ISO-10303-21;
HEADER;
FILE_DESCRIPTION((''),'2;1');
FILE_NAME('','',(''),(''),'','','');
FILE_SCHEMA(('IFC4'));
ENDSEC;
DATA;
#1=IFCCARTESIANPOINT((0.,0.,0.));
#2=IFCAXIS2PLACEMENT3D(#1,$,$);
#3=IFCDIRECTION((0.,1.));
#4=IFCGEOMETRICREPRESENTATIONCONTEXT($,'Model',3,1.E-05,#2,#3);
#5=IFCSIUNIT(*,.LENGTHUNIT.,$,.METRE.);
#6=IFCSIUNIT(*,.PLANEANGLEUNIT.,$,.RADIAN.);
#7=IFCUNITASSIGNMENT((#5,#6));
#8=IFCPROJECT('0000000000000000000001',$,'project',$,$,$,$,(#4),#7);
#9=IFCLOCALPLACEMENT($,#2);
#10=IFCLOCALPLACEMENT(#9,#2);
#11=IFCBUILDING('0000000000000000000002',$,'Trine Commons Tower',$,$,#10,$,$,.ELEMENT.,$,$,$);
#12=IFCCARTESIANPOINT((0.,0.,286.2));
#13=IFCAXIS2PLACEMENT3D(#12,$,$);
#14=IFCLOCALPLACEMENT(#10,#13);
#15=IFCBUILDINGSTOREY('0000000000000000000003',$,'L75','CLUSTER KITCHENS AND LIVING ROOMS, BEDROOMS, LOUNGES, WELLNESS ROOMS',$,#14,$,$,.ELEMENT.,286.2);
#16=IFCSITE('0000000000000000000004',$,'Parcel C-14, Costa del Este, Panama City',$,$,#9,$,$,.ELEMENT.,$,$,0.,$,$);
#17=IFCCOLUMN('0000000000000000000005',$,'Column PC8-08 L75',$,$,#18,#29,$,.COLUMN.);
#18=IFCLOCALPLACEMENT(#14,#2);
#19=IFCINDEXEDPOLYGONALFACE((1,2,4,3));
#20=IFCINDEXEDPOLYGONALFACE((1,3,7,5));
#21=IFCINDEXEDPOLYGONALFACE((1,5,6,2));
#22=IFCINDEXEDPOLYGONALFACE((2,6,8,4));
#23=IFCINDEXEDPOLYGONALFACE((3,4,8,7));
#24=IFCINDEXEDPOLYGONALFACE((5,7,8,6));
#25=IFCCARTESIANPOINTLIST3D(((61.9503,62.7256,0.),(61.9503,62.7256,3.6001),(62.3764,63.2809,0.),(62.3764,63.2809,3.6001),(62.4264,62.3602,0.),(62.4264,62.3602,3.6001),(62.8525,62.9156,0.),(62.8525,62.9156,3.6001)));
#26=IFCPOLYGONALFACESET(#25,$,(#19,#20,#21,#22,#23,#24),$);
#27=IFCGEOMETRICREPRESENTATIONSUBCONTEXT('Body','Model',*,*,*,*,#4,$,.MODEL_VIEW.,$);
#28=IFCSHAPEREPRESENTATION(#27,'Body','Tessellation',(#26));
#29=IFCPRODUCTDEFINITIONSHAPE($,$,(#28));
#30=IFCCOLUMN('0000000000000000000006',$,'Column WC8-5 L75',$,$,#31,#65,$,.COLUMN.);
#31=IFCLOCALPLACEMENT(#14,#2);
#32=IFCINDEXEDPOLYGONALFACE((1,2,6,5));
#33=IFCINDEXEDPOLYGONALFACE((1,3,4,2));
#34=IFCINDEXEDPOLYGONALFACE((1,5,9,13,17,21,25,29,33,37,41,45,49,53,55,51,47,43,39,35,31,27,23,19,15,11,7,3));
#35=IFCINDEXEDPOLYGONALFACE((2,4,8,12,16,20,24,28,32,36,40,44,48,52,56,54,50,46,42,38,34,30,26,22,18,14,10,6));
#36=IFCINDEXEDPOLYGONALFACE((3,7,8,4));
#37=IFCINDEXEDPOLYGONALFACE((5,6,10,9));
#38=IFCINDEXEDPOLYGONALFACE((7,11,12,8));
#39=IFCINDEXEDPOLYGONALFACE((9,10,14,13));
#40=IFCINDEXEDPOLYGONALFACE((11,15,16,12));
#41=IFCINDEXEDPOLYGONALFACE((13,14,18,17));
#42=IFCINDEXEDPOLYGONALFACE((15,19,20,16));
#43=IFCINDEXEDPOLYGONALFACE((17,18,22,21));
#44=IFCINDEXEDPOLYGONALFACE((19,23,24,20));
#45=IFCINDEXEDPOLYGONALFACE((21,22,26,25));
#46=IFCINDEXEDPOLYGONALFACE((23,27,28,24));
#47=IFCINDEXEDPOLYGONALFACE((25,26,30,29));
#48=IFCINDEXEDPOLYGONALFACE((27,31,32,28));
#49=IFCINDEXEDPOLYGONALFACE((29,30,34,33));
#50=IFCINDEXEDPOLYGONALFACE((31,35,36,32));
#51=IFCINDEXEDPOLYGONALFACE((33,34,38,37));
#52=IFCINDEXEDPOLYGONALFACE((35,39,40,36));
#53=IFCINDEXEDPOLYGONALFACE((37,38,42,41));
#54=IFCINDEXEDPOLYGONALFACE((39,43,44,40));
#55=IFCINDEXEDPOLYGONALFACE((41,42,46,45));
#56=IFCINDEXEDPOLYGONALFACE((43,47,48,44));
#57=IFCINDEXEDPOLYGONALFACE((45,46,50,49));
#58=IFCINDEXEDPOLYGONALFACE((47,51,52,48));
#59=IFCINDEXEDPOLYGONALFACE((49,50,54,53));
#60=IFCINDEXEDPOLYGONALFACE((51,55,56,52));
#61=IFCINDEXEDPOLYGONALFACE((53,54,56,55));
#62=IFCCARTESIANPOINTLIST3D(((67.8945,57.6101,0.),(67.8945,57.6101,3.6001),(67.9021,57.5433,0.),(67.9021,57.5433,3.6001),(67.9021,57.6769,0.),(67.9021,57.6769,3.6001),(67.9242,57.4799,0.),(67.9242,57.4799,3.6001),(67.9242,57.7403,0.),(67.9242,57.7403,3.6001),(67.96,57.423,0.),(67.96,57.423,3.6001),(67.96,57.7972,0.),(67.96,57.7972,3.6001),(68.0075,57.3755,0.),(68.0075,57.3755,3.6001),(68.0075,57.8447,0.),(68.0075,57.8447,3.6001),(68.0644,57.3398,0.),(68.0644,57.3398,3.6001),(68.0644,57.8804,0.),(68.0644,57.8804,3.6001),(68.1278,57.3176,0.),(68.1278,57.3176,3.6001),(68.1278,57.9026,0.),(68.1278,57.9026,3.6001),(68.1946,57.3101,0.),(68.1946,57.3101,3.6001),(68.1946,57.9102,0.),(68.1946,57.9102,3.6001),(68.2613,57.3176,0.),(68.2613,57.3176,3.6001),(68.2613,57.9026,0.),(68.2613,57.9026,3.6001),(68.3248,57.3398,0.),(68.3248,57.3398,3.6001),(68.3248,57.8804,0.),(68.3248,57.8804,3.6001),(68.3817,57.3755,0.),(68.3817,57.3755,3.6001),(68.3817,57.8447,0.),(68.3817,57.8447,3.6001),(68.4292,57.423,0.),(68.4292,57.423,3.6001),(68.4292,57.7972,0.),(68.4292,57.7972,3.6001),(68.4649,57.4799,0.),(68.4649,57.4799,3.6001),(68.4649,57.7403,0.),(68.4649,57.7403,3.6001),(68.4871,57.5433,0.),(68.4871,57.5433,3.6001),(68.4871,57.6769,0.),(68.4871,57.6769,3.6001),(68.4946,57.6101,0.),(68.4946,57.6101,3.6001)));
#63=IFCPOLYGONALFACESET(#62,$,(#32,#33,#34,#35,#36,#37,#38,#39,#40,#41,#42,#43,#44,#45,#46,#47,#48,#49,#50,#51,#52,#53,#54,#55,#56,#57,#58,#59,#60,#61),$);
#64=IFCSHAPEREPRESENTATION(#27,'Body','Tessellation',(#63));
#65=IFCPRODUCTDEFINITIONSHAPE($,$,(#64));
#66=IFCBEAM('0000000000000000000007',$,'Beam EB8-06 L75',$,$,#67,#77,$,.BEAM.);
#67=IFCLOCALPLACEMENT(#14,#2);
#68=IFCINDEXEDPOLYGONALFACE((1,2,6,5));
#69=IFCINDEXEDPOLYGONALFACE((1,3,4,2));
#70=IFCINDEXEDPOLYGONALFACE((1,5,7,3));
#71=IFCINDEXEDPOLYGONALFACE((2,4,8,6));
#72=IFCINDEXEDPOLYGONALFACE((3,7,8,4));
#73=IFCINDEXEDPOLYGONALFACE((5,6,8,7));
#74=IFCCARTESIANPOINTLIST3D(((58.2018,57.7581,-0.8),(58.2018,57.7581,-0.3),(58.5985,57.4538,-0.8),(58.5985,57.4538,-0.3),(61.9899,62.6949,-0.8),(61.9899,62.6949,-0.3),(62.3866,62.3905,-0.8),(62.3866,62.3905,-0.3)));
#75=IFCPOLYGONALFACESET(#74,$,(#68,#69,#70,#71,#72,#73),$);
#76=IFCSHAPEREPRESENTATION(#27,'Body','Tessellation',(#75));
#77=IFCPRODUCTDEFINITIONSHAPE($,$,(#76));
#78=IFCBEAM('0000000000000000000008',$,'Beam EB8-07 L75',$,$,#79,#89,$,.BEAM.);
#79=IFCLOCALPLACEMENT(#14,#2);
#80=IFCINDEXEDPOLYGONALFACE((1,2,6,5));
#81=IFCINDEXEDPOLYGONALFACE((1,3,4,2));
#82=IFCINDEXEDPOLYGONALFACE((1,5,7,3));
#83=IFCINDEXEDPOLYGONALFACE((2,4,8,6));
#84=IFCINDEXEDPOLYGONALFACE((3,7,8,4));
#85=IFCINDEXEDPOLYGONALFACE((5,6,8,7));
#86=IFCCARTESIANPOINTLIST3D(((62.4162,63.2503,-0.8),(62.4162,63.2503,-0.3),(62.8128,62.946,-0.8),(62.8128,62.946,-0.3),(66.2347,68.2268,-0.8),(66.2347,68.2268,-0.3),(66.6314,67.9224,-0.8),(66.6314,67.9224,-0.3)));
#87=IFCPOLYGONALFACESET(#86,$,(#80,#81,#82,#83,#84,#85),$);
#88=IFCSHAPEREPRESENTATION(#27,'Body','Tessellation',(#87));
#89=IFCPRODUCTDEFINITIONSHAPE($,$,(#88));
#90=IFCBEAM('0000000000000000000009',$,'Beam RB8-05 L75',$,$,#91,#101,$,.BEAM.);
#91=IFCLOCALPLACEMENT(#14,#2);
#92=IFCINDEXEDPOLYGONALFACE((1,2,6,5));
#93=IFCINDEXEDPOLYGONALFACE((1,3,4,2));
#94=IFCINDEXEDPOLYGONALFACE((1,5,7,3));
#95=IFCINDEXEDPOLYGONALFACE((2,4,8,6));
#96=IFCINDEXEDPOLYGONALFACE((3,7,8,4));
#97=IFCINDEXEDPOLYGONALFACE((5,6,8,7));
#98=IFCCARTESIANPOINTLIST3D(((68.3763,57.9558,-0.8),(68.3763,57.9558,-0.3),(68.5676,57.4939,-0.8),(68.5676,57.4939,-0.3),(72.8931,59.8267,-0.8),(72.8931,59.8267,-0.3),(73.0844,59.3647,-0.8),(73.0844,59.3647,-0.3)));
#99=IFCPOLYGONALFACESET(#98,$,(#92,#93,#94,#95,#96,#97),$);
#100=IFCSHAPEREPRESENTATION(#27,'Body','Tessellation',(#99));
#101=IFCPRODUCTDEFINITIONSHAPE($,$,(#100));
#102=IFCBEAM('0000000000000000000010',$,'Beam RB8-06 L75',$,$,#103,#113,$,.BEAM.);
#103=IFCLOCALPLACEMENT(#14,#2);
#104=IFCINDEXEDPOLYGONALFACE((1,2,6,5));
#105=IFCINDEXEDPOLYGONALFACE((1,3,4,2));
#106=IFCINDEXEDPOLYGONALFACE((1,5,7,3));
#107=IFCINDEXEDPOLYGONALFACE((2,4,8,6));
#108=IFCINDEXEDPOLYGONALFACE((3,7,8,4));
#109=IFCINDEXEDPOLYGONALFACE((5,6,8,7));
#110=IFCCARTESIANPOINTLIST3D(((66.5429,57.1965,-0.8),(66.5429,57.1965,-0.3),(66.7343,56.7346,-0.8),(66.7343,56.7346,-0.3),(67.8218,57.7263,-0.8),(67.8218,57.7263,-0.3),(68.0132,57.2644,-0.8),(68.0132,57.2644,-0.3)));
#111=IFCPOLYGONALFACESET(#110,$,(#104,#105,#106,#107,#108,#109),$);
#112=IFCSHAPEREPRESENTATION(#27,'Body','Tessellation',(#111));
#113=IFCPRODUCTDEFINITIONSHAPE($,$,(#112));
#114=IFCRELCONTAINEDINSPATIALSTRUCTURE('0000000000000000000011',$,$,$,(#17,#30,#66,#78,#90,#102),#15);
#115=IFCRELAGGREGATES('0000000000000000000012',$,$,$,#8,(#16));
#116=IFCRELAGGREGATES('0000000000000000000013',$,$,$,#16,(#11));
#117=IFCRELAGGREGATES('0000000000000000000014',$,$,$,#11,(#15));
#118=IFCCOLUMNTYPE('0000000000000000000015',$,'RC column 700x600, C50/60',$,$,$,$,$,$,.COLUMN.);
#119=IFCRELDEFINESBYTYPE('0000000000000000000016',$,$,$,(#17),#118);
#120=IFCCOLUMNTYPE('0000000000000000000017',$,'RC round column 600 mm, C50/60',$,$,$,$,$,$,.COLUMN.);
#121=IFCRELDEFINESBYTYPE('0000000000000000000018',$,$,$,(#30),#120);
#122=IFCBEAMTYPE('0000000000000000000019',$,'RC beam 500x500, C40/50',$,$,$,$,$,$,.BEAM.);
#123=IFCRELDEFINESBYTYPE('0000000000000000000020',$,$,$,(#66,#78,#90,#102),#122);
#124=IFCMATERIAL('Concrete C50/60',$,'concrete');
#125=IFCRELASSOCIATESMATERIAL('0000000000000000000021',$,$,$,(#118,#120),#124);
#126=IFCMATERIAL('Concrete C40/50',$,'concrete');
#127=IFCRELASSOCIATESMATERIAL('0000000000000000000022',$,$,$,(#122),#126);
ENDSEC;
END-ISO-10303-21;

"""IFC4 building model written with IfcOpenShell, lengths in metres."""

from ifc_helpers import new_model, si_unit, direction, frame, origin, origin_2d, place, context, subcontext, project, spatial, rectangle, circle, extrude, material, material_profile, profile_set, type_object, element, save


model = new_model("IFC4")

# Units and contexts
model_context = context("Model", 3, precision=1e-05, world=origin(), true_north=direction((0.0, 1.0)))
body_context = subcontext(model_context, "Body", "Model", "MODEL_VIEW")
ifc_project = project(units=[si_unit("LENGTHUNIT", "METRE"), si_unit("PLANEANGLEUNIT", "RADIAN")], contexts=[model_context])

# Site, building, storey
site_placement = place(None, origin())
site = spatial("IfcSite", under=ifc_project, at=site_placement, Name="Parcel C-14, Costa del Este, Panama City", CompositionType="ELEMENT", RefElevation=0.0)
building_placement = place(site_placement, origin())
building = spatial("IfcBuilding", under=site, at=building_placement, Name="Trine Commons Tower", CompositionType="ELEMENT")
storey_placement = place(building_placement, frame((0.0, 0.0, 286.2)))
storey = spatial("IfcBuildingStorey", under=building, at=storey_placement, Name="L75", Description="CLUSTER KITCHENS AND LIVING ROOMS, BEDROOMS, LOUNGES, WELLNESS ROOMS", CompositionType="ELEMENT", Elevation=286.2)

# Columns
ifc_material_1 = material(Name="Concrete C50/60", Category="concrete")
ifc_material_profile_1 = material_profile(ifc_material_1, rectangle(XDim=0.7, YDim=0.6001, at=origin_2d()), Name="RC 700x600")
ifc_profile_set_1 = profile_set([ifc_material_profile_1], Name="Concrete C50/60")
column_type_1 = type_object("IfcColumnType", Name="RC column 700x600, C50/60", PredefinedType="COLUMN", material=ifc_profile_set_1)
column_1_placement = place(storey_placement, frame((62.4014, 62.8206, 0.0), z_axis=(0.0, 0.0, 1.0), x_axis=(0.608761, 0.793353, 0.0)))
element("IfcColumn", 1, at=column_1_placement, inside=storey, type_object=column_type_1, Name="Column PC8-08 L75", PredefinedType="COLUMN", context=body_context, shape_type="SweptSolid", body=[
    extrude(rectangle(XDim=0.7, YDim=0.6001, at=origin_2d()), origin(), (0.0, 0.0, 1.0), 3.6001),
])
ifc_material_profile_2 = material_profile(ifc_material_1, circle(Radius=0.3, at=origin_2d()), Name="RC round 600")
ifc_profile_set_2 = profile_set([ifc_material_profile_2], Name="Concrete C50/60")
column_type_2 = type_object("IfcColumnType", Name="RC round column 600 mm, C50/60", PredefinedType="COLUMN", material=ifc_profile_set_2)
column_2_placement = place(storey_placement, frame((68.1946, 57.6101, 0.0), z_axis=(0.0, 0.0, 1.0), x_axis=(1.0, 0.0, 0.0)))
element("IfcColumn", 2, at=column_2_placement, inside=storey, type_object=column_type_2, Name="Column WC8-5 L75", PredefinedType="COLUMN", context=body_context, shape_type="SweptSolid", body=[
    extrude(circle(Radius=0.3, at=origin_2d()), origin(), (0.0, 0.0, 1.0), 3.6001),
])

# Beams
ifc_material_2 = material(Name="Concrete C40/50", Category="concrete")
ifc_material_profile_3 = material_profile(ifc_material_2, rectangle(XDim=0.5, YDim=0.5, at=origin_2d()), Name="RC 500x500")
ifc_profile_set_3 = profile_set([ifc_material_profile_3], Name="Concrete C40/50")
beam_type = type_object("IfcBeamType", Name="RC beam 500x500, C40/50", PredefinedType="BEAM", material=ifc_profile_set_3)
beam_1_placement = place(storey_placement, frame((58.4001, 57.606, -0.55), z_axis=(0.608758, 0.793356, 0.0), x_axis=(-0.793356, 0.608758, 0.0)))
element("IfcBeam", 3, at=beam_1_placement, inside=storey, type_object=beam_type, Name="Beam EB8-06 L75", PredefinedType="BEAM", context=body_context, shape_type="SweptSolid", body=[
    extrude(rectangle(XDim=0.5, YDim=0.5, at=origin_2d()), origin(), (0.0, 0.0, 1.0), 6.2227),
])
beam_2_placement = place(storey_placement, frame((62.6145, 63.0981, -0.55), z_axis=(0.608757, 0.793357, 0.0), x_axis=(-0.793357, 0.608757, 0.0)))
element("IfcBeam", 4, at=beam_2_placement, inside=storey, type_object=beam_type, Name="Beam EB8-07 L75", PredefinedType="BEAM", context=body_context, shape_type="SweptSolid", body=[
    extrude(rectangle(XDim=0.5, YDim=0.5, at=origin_2d()), origin(), (0.0, 0.0, 1.0), 6.2727),
])
beam_3_placement = place(storey_placement, frame((72.9888, 59.5957, -0.55), z_axis=(-0.923886, -0.382668, 0.0), x_axis=(0.382668, -0.923886, 0.0)))
element("IfcBeam", 5, at=beam_3_placement, inside=storey, type_object=beam_type, Name="Beam RB8-05 L75", PredefinedType="BEAM", context=body_context, shape_type="SweptSolid", body=[
    extrude(rectangle(XDim=0.5, YDim=0.5, at=origin_2d()), origin(), (0.0, 0.0, 1.0), 4.8889),
])
beam_4_placement = place(storey_placement, frame((67.9175, 57.4954, -0.55), z_axis=(-0.923858, -0.382736, 0.0), x_axis=(0.382736, -0.923858, 0.0)))
element("IfcBeam", 6, at=beam_4_placement, inside=storey, type_object=beam_type, Name="Beam RB8-06 L75", PredefinedType="BEAM", context=body_context, shape_type="SweptSolid", body=[
    extrude(rectangle(XDim=0.5, YDim=0.5, at=origin_2d()), origin(), (0.0, 0.0, 1.0), 1.3843),
])

save(model, "model.ifc")
